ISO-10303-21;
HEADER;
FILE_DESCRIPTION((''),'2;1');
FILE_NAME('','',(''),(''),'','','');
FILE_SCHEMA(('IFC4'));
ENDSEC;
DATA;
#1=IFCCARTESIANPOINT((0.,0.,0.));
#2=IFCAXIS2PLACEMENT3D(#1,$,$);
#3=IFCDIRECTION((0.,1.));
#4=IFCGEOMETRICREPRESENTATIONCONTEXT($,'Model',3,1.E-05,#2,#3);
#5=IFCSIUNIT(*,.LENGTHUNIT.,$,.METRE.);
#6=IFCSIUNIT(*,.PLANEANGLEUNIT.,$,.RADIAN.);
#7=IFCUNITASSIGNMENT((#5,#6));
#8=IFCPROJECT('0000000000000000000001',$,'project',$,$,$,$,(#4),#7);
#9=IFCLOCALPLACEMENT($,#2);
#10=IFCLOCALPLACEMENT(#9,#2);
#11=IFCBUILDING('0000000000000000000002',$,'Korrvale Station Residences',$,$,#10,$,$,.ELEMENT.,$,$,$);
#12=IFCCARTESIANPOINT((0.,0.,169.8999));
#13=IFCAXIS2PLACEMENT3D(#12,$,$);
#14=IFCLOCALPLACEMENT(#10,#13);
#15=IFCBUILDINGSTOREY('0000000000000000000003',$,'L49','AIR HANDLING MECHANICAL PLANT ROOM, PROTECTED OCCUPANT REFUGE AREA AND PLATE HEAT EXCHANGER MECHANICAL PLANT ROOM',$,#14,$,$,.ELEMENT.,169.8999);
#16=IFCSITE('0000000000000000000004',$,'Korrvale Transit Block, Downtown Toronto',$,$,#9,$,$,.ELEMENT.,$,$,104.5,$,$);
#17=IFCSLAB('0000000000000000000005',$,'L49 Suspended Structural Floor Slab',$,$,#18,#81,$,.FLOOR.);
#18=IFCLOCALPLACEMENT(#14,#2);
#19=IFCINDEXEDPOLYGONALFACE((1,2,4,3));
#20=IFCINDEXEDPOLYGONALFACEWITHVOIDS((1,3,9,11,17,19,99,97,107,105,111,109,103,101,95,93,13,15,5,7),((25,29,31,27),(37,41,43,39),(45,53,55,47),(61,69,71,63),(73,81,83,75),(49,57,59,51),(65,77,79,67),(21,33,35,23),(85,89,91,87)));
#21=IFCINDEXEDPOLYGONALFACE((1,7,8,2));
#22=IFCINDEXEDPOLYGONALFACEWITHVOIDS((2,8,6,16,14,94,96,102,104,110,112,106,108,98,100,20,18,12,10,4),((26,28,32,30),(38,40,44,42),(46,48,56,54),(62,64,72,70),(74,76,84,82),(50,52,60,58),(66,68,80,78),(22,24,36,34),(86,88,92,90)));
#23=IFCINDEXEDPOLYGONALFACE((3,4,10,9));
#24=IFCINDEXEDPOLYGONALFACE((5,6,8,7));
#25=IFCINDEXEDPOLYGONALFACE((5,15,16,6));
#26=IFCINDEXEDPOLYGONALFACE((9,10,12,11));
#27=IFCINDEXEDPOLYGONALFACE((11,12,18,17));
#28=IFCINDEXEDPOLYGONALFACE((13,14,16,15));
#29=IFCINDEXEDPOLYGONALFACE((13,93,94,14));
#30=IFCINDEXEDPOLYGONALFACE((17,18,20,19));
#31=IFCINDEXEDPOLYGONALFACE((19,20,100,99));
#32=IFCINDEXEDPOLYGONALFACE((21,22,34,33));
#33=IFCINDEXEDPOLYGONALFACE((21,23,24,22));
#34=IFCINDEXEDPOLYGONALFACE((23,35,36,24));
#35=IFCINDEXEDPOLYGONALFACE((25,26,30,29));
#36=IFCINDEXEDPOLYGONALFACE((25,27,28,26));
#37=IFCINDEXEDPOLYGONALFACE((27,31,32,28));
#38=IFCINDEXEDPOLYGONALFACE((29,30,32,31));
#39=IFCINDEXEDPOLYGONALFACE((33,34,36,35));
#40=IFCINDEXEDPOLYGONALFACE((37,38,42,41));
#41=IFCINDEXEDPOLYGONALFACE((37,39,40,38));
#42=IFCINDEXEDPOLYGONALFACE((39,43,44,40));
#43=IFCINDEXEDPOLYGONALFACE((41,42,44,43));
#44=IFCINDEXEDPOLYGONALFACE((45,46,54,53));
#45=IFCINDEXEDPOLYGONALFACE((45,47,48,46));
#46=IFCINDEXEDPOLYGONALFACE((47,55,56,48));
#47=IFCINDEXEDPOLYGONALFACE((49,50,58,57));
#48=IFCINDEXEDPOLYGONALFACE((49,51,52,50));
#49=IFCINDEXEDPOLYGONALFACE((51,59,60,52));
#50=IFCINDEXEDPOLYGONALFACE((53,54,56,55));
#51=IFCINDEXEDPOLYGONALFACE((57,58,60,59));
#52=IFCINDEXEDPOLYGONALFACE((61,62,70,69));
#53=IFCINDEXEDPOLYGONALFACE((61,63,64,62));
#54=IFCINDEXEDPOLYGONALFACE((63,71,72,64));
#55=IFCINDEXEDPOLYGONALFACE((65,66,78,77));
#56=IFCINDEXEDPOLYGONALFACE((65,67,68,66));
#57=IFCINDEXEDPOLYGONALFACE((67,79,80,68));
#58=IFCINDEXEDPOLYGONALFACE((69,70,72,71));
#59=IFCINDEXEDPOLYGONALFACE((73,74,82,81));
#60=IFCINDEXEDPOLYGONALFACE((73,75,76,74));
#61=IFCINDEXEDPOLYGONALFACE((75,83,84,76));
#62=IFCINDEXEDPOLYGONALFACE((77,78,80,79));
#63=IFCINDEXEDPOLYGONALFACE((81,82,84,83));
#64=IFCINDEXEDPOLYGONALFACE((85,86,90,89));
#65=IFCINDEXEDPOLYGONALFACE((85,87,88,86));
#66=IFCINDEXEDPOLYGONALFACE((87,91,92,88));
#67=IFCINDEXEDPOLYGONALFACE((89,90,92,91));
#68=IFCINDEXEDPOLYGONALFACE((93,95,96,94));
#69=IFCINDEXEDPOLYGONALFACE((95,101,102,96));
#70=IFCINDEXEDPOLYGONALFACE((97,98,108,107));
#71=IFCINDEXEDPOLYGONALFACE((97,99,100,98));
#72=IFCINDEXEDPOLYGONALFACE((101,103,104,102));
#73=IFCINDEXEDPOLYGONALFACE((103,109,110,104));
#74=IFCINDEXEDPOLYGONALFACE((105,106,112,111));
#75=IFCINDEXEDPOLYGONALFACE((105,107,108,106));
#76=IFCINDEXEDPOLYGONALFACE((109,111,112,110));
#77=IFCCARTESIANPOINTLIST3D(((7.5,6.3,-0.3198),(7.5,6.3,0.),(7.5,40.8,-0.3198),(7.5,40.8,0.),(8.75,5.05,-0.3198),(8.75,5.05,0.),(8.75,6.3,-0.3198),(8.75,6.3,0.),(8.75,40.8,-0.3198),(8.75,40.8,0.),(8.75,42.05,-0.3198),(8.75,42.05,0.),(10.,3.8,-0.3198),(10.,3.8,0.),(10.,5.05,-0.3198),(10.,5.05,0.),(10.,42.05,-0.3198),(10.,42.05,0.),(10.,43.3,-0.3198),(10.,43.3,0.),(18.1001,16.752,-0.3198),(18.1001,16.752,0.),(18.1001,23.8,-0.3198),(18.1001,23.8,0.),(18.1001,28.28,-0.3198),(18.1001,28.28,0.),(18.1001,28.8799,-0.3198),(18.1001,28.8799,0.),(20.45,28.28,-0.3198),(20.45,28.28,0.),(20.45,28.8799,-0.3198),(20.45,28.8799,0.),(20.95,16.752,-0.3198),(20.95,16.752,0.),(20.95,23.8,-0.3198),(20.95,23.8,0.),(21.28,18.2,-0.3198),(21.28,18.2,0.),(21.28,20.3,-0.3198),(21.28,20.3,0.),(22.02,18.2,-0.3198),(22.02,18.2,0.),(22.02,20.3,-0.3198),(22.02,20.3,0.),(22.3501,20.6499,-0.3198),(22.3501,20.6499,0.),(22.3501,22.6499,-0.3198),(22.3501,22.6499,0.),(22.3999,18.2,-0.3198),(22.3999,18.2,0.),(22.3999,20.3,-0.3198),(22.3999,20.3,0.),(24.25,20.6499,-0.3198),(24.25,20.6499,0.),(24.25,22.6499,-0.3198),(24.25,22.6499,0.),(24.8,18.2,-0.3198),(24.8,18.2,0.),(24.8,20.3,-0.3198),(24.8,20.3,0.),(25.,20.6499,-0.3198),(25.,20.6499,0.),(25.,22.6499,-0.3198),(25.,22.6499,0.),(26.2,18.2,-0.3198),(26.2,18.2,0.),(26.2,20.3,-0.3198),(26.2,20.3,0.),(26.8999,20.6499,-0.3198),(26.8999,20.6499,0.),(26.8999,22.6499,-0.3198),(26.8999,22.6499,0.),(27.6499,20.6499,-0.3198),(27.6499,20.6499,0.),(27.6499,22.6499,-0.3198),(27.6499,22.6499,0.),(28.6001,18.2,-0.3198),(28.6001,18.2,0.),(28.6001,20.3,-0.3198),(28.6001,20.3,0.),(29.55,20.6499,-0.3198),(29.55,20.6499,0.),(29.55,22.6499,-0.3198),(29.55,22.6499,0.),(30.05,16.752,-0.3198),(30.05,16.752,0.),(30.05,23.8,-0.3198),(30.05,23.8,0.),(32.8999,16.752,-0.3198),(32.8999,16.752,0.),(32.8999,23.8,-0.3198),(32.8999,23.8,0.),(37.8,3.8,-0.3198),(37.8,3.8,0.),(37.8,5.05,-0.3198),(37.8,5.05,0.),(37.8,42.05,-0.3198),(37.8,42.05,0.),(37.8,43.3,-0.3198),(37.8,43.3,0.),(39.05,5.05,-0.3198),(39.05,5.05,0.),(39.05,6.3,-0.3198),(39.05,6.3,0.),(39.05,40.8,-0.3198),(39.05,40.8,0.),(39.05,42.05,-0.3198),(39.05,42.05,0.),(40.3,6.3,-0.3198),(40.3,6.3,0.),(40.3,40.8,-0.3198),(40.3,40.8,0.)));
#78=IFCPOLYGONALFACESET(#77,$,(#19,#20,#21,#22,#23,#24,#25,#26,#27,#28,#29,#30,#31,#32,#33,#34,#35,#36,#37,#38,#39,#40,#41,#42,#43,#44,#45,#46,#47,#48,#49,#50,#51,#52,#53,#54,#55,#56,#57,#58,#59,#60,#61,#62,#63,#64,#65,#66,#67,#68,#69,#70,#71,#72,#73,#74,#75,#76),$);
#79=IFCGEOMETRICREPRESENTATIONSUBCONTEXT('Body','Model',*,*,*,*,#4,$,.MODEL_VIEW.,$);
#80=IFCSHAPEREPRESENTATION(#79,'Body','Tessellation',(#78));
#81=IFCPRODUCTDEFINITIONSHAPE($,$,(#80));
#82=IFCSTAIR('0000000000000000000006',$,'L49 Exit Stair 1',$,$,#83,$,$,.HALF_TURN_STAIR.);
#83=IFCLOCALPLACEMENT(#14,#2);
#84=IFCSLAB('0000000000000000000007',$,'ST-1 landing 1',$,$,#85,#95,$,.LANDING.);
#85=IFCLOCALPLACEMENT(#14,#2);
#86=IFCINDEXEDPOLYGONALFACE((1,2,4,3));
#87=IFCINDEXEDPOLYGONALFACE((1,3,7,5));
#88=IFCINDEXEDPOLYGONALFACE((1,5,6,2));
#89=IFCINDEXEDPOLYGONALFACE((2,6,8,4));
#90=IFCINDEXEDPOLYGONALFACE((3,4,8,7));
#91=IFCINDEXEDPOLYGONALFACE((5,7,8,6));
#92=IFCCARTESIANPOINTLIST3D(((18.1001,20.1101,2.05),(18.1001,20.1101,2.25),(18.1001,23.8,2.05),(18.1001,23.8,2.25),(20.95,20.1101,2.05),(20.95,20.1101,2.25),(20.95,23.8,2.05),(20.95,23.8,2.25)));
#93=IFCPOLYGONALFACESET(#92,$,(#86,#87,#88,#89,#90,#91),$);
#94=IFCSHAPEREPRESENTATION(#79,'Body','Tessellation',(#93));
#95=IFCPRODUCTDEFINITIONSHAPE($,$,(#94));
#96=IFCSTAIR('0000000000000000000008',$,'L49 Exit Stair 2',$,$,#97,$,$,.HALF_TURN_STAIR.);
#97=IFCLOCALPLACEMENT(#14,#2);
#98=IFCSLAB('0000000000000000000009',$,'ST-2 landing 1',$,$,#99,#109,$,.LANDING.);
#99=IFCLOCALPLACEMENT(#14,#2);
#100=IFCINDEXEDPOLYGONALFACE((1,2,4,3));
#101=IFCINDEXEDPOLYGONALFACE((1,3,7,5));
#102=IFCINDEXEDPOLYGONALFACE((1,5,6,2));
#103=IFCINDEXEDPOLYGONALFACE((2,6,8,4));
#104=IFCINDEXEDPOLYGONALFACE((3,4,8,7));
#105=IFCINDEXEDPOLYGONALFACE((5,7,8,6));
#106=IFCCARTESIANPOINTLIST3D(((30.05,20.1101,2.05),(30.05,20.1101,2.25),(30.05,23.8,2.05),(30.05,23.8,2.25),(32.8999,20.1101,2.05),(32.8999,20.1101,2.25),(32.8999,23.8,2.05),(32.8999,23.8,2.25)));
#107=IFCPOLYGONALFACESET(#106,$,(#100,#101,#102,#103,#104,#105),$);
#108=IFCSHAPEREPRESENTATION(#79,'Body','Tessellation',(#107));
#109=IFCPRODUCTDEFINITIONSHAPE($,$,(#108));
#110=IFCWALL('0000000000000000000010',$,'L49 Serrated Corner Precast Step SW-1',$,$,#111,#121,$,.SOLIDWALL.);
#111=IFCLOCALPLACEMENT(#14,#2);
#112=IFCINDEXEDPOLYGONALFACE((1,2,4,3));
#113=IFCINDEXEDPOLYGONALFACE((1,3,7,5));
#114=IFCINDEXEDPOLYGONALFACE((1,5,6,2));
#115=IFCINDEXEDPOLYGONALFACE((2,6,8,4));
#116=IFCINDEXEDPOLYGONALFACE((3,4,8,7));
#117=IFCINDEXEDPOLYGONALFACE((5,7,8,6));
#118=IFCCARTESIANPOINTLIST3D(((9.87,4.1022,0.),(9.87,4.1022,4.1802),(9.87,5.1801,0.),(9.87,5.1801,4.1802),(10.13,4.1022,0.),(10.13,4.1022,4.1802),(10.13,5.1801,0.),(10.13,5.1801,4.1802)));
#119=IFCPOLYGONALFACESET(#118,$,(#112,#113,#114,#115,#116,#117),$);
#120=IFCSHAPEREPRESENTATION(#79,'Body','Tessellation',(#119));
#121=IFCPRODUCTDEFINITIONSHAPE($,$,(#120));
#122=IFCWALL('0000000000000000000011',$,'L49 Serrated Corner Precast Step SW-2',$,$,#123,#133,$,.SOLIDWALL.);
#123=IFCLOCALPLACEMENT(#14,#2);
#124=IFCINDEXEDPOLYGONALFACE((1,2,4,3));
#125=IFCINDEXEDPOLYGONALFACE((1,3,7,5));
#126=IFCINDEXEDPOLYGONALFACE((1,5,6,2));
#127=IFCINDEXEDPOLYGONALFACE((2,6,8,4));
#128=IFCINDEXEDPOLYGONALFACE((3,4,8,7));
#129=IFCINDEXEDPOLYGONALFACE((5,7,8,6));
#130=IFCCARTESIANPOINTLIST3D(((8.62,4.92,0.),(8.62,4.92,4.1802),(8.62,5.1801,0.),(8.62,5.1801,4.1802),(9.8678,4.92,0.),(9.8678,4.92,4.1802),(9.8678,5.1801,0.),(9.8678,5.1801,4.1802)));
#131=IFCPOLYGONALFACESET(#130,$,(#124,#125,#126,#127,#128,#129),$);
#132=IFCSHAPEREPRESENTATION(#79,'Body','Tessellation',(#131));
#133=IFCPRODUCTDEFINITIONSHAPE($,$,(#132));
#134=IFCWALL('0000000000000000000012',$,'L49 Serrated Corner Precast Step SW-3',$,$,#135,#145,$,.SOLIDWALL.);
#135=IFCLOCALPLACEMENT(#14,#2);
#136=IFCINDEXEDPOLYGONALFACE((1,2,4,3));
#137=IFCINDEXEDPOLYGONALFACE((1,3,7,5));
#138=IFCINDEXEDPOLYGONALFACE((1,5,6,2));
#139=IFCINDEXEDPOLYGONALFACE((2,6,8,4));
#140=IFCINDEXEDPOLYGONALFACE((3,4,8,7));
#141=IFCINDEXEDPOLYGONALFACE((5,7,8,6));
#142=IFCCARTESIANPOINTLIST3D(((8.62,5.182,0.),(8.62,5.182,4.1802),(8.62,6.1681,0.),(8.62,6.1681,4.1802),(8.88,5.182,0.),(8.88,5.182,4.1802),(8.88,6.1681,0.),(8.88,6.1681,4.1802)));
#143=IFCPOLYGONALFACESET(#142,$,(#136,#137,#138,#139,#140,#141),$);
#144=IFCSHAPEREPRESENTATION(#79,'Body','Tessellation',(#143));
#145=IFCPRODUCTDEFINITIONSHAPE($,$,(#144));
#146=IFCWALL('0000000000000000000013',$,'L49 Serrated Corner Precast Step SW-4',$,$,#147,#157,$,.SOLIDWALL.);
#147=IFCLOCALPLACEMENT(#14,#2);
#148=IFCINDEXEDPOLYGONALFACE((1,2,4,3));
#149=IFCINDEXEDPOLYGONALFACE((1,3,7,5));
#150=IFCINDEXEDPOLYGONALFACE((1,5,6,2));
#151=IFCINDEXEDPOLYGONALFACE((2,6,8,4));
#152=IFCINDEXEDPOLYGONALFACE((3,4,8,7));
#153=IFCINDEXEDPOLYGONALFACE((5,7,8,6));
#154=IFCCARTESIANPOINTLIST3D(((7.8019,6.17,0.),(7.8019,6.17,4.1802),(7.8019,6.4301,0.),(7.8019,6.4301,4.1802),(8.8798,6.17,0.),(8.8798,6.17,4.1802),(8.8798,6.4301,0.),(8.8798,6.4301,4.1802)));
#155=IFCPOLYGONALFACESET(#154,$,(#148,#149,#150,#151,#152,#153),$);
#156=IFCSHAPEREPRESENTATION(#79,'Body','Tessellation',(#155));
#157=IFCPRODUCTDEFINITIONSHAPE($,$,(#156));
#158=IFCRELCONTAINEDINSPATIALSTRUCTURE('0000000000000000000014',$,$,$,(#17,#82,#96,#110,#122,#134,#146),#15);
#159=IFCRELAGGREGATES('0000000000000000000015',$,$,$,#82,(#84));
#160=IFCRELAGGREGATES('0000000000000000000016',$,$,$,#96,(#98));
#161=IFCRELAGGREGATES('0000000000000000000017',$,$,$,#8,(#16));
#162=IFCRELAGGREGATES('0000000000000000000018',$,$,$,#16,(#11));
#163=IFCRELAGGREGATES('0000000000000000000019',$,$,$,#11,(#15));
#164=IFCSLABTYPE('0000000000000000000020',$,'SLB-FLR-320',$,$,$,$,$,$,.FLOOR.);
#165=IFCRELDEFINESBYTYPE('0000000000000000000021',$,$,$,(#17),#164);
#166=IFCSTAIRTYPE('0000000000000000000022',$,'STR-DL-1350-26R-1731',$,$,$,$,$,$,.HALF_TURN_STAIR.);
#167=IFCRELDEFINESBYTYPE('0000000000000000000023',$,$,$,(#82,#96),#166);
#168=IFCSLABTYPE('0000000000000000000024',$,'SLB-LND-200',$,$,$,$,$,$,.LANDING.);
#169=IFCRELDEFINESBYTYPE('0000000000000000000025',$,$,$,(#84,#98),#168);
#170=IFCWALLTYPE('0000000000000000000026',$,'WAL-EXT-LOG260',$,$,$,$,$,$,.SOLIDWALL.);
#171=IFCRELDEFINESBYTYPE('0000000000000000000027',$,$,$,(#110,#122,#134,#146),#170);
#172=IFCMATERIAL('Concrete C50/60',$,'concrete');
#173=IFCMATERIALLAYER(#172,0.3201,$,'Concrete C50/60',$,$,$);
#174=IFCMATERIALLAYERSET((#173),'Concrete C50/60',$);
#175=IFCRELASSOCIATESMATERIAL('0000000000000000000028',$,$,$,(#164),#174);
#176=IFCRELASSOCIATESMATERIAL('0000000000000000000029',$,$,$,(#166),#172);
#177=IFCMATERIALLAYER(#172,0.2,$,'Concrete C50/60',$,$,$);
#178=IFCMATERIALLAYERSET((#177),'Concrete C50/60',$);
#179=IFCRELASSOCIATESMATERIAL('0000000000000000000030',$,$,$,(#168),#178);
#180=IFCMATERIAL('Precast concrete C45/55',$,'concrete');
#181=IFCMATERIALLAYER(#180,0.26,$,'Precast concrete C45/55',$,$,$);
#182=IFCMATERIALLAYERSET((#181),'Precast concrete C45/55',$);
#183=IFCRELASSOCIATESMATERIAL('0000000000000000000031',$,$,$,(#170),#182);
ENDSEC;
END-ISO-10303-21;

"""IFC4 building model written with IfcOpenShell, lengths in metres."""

from ifc_helpers import new_model, si_unit, direction, frame, frame_2d, origin, place, context, subcontext, project, spatial, polyline, rectangle, outline, extrude, material, layer, layer_set, type_object, element, aggregate, save


model = new_model("IFC4")

# Units and contexts
model_context = context("Model", 3, precision=1e-05, world=origin(), true_north=direction((0.0, 1.0)))
body_context = subcontext(model_context, "Body", "Model", "MODEL_VIEW")
ifc_project = project(units=[si_unit("LENGTHUNIT", "METRE"), si_unit("PLANEANGLEUNIT", "RADIAN")], contexts=[model_context])

# Site, building, storey
site_placement = place(None, origin())
site = spatial("IfcSite", under=ifc_project, at=site_placement, Name="Korrvale Transit Block, Downtown Toronto", CompositionType="ELEMENT", RefElevation=104.5)
building_placement = place(site_placement, origin())
building = spatial("IfcBuilding", under=site, at=building_placement, Name="Korrvale Station Residences", CompositionType="ELEMENT")
storey_placement = place(building_placement, frame((0.0, 0.0, 169.8999)))
storey = spatial("IfcBuildingStorey", under=building, at=storey_placement, Name="L49", Description="AIR HANDLING MECHANICAL PLANT ROOM, PROTECTED OCCUPANT REFUGE AREA AND PLATE HEAT EXCHANGER MECHANICAL PLANT ROOM", CompositionType="ELEMENT", Elevation=169.8999)

# Slab
ifc_material_1 = material(Name="Concrete C50/60", Category="concrete")
ifc_layer_1 = layer(ifc_material_1, 0.3201, Name="Concrete C50/60")
ifc_layer_set_1 = layer_set([ifc_layer_1], Name="Concrete C50/60")
slab_type_1 = type_object("IfcSlabType", Name="SLB-FLR-320", PredefinedType="FLOOR", material=ifc_layer_set_1)
slab_1_placement = place(storey_placement, frame((0.0, 0.0, -0.3198)))
element("IfcSlab", 1, at=slab_1_placement, inside=storey, type_object=slab_type_1, Name="L49 Suspended Structural Floor Slab", PredefinedType="FLOOR", context=body_context, shape_type="SweptSolid", body=[
    extrude(outline(polyline([(10.0, 3.8), (37.8, 3.8), (37.8, 5.05), (39.05, 5.05), (39.05, 6.3), (40.3, 6.3), (40.3, 40.8), (39.05, 40.8), (39.05, 42.05), (37.8, 42.05), (37.8, 43.3), (10.0, 43.3), (10.0, 42.05), (8.75, 42.05), (8.75, 40.8), (7.5, 40.8), (7.5, 6.3), (8.75, 6.3), (8.75, 5.05), (10.0, 5.05), (10.0, 3.8)]), holes=[polyline([(20.95, 16.752), (20.95, 23.8), (18.1001, 23.8), (18.1001, 16.752), (20.95, 16.752)]), polyline([(32.8999, 16.752), (32.8999, 23.8), (30.05, 23.8), (30.05, 16.752), (32.8999, 16.752)]), polyline([(22.3501, 20.6499), (24.25, 20.6499), (24.25, 22.6499), (22.3501, 22.6499), (22.3501, 20.6499)]), polyline([(25.0, 20.6499), (26.8999, 20.6499), (26.8999, 22.6499), (25.0, 22.6499), (25.0, 20.6499)]), polyline([(27.6499, 20.6499), (29.55, 20.6499), (29.55, 22.6499), (27.6499, 22.6499), (27.6499, 20.6499)]), polyline([(22.3999, 18.2), (24.8, 18.2), (24.8, 20.3), (22.3999, 20.3), (22.3999, 18.2)]), polyline([(26.2, 18.2), (28.6001, 18.2), (28.6001, 20.3), (26.2, 20.3), (26.2, 18.2)]), polyline([(18.1001, 28.28), (20.45, 28.28), (20.45, 28.8799), (18.1001, 28.8799), (18.1001, 28.28)]), polyline([(21.28, 18.2), (22.02, 18.2), (22.02, 20.3), (21.28, 20.3), (21.28, 18.2)])]), origin(), (0.0, 0.0, 1.0), 0.3198),
])

# Stairs, slabs
stair_type = type_object("IfcStairType", Name="STR-DL-1350-26R-1731", PredefinedType="HALF_TURN_STAIR", material=ifc_material_1)
stair_1_placement = place(storey_placement, origin())
stair_1 = element("IfcStair", 2, at=stair_1_placement, inside=storey, type_object=stair_type, Name="L49 Exit Stair 1", PredefinedType="HALF_TURN_STAIR")
ifc_layer_2 = layer(ifc_material_1, 0.2, Name="Concrete C50/60")
ifc_layer_set_2 = layer_set([ifc_layer_2], Name="Concrete C50/60")
slab_type_2 = type_object("IfcSlabType", Name="SLB-LND-200", PredefinedType="LANDING", material=ifc_layer_set_2)
slab_2_placement = place(storey_placement, frame((0.0, 0.0, 2.05)))
slab_2 = element("IfcSlab", 3, at=slab_2_placement, type_object=slab_type_2, Name="ST-1 landing 1", PredefinedType="LANDING", context=body_context, shape_type="SweptSolid", body=[
    extrude(outline(polyline([(20.95, 20.1101), (20.95, 23.8), (18.1001, 23.8), (18.1001, 20.1101), (20.95, 20.1101)])), origin(), (0.0, 0.0, 1.0), 0.2),
])
aggregate(stair_1, [slab_2])
stair_2_placement = place(storey_placement, origin())
stair_2 = element("IfcStair", 4, at=stair_2_placement, inside=storey, type_object=stair_type, Name="L49 Exit Stair 2", PredefinedType="HALF_TURN_STAIR")
slab_3_placement = place(storey_placement, frame((0.0, 0.0, 2.05)))
slab_3 = element("IfcSlab", 5, at=slab_3_placement, type_object=slab_type_2, Name="ST-2 landing 1", PredefinedType="LANDING", context=body_context, shape_type="SweptSolid", body=[
    extrude(outline(polyline([(32.8999, 20.1101), (32.8999, 23.8), (30.05, 23.8), (30.05, 20.1101), (32.8999, 20.1101)])), origin(), (0.0, 0.0, 1.0), 0.2),
])
aggregate(stair_2, [slab_3])

# Walls
ifc_material_2 = material(Name="Precast concrete C45/55", Category="concrete")
ifc_layer_3 = layer(ifc_material_2, 0.26, Name="Precast concrete C45/55")
ifc_layer_set_3 = layer_set([ifc_layer_3], Name="Precast concrete C45/55")
wall_type = type_object("IfcWallType", Name="WAL-EXT-LOG260", PredefinedType="SOLIDWALL", material=ifc_layer_set_3)
wall_1_placement = place(storey_placement, frame((10.0, 4.1021, 0.0), z_axis=(0.0, 0.0, 1.0), x_axis=(0.0, 1.0, 0.0)))
element("IfcWall", 6, at=wall_1_placement, inside=storey, type_object=wall_type, Name="L49 Serrated Corner Precast Step SW-1", PredefinedType="SOLIDWALL", context=body_context, shape_type="SweptSolid", body=[
    extrude(rectangle(XDim=1.0779, YDim=0.26, at=frame_2d((0.5391, 0.0))), origin(), (0.0, 0.0, 1.0), 4.1802),
])
wall_2_placement = place(storey_placement, frame((9.8679, 5.05, 0.0), z_axis=(0.0, 0.0, 1.0), x_axis=(-1.0, 0.0, 0.0)))
element("IfcWall", 7, at=wall_2_placement, inside=storey, type_object=wall_type, Name="L49 Serrated Corner Precast Step SW-2", PredefinedType="SOLIDWALL", context=body_context, shape_type="SweptSolid", body=[
    extrude(rectangle(XDim=1.2478, YDim=0.26, at=frame_2d((0.624, 0.0))), origin(), (0.0, 0.0, 1.0), 4.1802),
])
wall_3_placement = place(storey_placement, frame((8.75, 5.1819, 0.0), z_axis=(0.0, 0.0, 1.0), x_axis=(0.0, 1.0, 0.0)))
element("IfcWall", 8, at=wall_3_placement, inside=storey, type_object=wall_type, Name="L49 Serrated Corner Precast Step SW-3", PredefinedType="SOLIDWALL", context=body_context, shape_type="SweptSolid", body=[
    extrude(rectangle(XDim=0.9861, YDim=0.26, at=frame_2d((0.4932, 0.0))), origin(), (0.0, 0.0, 1.0), 4.1802),
])
wall_4_placement = place(storey_placement, frame((8.8799, 6.3, 0.0), z_axis=(0.0, 0.0, 1.0), x_axis=(-1.0, 0.0, 0.0)))
element("IfcWall", 9, at=wall_4_placement, inside=storey, type_object=wall_type, Name="L49 Serrated Corner Precast Step SW-4", PredefinedType="SOLIDWALL", context=body_context, shape_type="SweptSolid", body=[
    extrude(rectangle(XDim=1.0779, YDim=0.26, at=frame_2d((0.5391, 0.0))), origin(), (0.0, 0.0, 1.0), 4.1802),
])

save(model, "model.ifc")
